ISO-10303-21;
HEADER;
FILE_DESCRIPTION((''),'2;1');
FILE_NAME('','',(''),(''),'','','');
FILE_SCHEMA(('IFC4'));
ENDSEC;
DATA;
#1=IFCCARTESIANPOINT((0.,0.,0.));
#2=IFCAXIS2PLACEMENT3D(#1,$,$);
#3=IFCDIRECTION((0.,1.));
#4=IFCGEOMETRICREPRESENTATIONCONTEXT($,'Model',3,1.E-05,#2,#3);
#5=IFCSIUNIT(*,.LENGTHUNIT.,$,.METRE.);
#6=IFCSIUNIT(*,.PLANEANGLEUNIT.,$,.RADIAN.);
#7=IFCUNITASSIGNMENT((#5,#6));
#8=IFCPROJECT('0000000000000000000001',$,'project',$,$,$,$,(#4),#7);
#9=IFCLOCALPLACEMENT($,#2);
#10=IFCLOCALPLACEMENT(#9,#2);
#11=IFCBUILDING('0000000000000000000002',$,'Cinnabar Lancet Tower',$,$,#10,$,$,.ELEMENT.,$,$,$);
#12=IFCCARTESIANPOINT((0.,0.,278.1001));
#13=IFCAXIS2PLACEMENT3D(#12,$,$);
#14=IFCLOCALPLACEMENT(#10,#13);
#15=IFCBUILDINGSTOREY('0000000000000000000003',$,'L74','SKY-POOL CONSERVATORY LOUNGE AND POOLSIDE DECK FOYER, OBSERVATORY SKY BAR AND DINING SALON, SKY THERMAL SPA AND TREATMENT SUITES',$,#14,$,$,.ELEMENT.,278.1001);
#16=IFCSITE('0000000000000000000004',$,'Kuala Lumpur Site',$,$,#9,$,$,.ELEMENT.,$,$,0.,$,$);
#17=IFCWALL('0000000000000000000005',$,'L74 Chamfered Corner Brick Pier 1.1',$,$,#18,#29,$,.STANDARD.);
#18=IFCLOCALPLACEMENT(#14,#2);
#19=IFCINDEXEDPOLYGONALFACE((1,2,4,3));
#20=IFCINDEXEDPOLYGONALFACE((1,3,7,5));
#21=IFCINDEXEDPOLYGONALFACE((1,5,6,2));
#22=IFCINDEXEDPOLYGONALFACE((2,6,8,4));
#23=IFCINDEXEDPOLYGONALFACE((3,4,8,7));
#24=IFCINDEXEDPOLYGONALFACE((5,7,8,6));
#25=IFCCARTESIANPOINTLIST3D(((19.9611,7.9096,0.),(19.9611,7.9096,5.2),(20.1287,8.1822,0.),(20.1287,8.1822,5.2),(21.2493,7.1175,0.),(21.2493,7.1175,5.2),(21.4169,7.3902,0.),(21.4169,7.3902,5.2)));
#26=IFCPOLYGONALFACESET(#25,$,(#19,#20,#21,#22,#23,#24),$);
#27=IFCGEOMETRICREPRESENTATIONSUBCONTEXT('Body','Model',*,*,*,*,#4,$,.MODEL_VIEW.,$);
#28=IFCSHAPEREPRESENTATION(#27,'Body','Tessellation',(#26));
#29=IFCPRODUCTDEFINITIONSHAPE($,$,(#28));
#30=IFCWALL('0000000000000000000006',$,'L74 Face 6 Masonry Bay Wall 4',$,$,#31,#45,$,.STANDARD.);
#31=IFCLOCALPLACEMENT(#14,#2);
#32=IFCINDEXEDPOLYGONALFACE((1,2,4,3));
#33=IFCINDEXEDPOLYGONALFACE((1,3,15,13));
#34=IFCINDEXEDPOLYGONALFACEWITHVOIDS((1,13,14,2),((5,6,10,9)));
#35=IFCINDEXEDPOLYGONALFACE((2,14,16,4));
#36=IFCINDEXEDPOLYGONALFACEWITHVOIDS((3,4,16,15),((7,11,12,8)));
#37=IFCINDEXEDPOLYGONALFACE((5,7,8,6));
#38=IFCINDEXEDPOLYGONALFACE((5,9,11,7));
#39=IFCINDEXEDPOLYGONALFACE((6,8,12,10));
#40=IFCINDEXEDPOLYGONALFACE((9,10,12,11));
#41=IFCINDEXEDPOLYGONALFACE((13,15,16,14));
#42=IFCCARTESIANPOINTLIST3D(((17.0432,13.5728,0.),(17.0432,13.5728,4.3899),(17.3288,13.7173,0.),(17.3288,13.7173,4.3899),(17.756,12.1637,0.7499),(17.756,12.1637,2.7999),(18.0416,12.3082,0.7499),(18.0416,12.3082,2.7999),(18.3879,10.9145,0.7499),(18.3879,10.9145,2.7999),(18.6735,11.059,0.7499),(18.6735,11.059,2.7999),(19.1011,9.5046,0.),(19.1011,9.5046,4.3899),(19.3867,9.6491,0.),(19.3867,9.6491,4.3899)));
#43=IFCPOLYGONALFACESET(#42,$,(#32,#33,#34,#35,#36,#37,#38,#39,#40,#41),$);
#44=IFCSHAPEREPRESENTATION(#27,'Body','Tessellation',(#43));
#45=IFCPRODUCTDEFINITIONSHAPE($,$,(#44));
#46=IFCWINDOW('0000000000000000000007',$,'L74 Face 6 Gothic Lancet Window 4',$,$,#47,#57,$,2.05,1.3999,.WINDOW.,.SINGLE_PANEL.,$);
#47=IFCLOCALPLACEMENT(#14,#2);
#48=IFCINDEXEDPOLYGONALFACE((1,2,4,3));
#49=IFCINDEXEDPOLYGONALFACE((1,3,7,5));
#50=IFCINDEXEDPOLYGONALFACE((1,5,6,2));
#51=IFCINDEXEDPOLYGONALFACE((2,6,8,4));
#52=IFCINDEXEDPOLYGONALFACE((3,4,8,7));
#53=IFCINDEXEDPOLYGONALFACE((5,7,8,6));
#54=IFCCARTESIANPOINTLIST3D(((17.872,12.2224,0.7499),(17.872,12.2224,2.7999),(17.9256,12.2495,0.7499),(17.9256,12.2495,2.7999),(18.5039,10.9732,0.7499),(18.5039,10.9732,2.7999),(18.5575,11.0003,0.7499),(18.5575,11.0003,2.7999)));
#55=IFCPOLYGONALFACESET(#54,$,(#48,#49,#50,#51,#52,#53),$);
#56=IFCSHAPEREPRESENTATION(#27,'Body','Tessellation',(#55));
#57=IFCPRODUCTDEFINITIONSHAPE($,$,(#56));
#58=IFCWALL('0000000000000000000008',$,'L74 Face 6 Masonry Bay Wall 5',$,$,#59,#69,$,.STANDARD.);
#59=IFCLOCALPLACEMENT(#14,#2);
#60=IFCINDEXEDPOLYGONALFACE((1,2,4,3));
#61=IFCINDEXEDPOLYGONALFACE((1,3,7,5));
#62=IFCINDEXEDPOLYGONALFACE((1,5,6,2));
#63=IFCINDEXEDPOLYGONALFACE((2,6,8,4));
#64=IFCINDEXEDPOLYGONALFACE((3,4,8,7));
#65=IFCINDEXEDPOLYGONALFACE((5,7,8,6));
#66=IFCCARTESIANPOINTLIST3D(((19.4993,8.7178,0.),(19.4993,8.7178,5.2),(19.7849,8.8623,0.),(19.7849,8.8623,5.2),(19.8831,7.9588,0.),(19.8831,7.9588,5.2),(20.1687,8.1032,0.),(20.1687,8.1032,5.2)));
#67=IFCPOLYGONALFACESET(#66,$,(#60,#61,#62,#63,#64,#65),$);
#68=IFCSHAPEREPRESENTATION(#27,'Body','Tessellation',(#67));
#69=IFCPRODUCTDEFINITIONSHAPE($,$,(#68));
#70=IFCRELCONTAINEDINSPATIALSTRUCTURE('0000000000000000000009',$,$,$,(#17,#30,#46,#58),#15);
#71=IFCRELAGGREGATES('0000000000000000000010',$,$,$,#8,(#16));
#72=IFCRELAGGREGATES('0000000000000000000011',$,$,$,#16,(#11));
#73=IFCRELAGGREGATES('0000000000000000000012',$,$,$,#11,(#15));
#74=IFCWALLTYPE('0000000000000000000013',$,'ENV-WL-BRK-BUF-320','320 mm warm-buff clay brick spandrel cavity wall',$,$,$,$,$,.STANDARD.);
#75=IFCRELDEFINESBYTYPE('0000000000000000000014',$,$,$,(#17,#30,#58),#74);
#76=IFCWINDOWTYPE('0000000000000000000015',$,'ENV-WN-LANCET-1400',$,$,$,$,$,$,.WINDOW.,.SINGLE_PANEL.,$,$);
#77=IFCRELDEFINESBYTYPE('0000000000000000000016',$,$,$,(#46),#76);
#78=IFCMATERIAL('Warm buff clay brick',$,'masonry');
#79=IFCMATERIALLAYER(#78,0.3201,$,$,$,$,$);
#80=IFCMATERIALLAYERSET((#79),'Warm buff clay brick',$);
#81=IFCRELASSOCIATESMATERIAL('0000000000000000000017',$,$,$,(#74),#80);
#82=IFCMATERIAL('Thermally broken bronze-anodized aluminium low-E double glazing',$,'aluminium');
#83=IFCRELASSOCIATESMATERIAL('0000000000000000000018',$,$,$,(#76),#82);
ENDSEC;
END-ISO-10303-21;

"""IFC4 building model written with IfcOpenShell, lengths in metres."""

from ifc_helpers import new_model, si_unit, direction, frame, frame_2d, origin, place, context, subcontext, project, spatial, rectangle, extrude, material, layer, layer_set, type_object, element, fill, save


model = new_model("IFC4")

# Units and contexts
model_context = context("Model", 3, precision=1e-05, world=origin(), true_north=direction((0.0, 1.0)))
body_context = subcontext(model_context, "Body", "Model", "MODEL_VIEW")
ifc_project = project(units=[si_unit("LENGTHUNIT", "METRE"), si_unit("PLANEANGLEUNIT", "RADIAN")], contexts=[model_context])

# Site, building, storey
site_placement = place(None, origin())
site = spatial("IfcSite", under=ifc_project, at=site_placement, Name="Kuala Lumpur Site", CompositionType="ELEMENT", RefElevation=0.0)
building_placement = place(site_placement, origin())
building = spatial("IfcBuilding", under=site, at=building_placement, Name="Cinnabar Lancet Tower", CompositionType="ELEMENT")
storey_placement = place(building_placement, frame((0.0, 0.0, 278.1001)))
storey = spatial("IfcBuildingStorey", under=building, at=storey_placement, Name="L74", Description="SKY-POOL CONSERVATORY LOUNGE AND POOLSIDE DECK FOYER, OBSERVATORY SKY BAR AND DINING SALON, SKY THERMAL SPA AND TREATMENT SUITES", CompositionType="ELEMENT", Elevation=278.1001)

# Wall
ifc_material_1 = material(Name="Warm buff clay brick", Category="masonry")
ifc_layer_1 = layer(ifc_material_1, 0.3201)
ifc_layer_set_1 = layer_set([ifc_layer_1], Name="Warm buff clay brick")
wall_type_1 = type_object("IfcWallType", Name="ENV-WL-BRK-BUF-320", Description="320 mm warm-buff clay brick spandrel cavity wall", PredefinedType="STANDARD", material=ifc_layer_set_1)
wall_1_placement = place(storey_placement, frame((20.0449, 8.0459, 0.0), z_axis=(0.0, 0.0, 1.0), x_axis=(0.851858, -0.523773, 0.0)))
element("IfcWall", 1, at=wall_1_placement, inside=storey, type_object=wall_type_1, Name="L74 Chamfered Corner Brick Pier 1.1", PredefinedType="STANDARD", context=body_context, shape_type="SweptSolid", body=[
    extrude(rectangle(XDim=1.5122, YDim=0.3201, at=frame_2d((0.7561, 0.0))), origin(), (0.0, 0.0, 1.0), 5.2),
])

# Wall, opening, window
wall_2_placement = place(storey_placement, frame((17.186, 13.645, 0.0), z_axis=(0.0, 0.0, 1.0), x_axis=(0.451386, -0.892329, 0.0)))
wall_2 = element("IfcWall", 2, at=wall_2_placement, inside=storey, type_object=wall_type_1, Name="L74 Face 6 Masonry Bay Wall 4", PredefinedType="STANDARD", context=body_context, shape_type="SweptSolid", body=[
    extrude(rectangle(XDim=4.5591, YDim=0.3201, at=frame_2d((2.2795, 0.0))), origin(), (0.0, 0.0, 1.0), 4.3899),
])
opening_1_placement = place(wall_2_placement, frame((1.5791, 0.0, 0.75)))
opening_1 = element("IfcOpeningElement", 3, at=opening_1_placement, cuts=wall_2, PredefinedType="OPENING", context=body_context, shape_type="SweptSolid", body=[
    extrude(rectangle(XDim=1.3999, YDim=2.05, at=frame_2d((0.7, 1.0249))), frame((0.0, 0.1699, 0.0), z_axis=(0.0, -1.0, 0.0), x_axis=(1.0, 0.0, 0.0)), (0.0, 0.0, 1.0), 0.3401),
])
ifc_material_2 = material(Name="Thermally broken bronze-anodized aluminium low-E double glazing", Category="aluminium")
window_type = type_object("IfcWindowType", Name="ENV-WN-LANCET-1400", PartitioningType="SINGLE_PANEL", PredefinedType="WINDOW", material=ifc_material_2)
window_placement = place(opening_1_placement, origin())
window = element("IfcWindow", 4, at=window_placement, inside=storey, type_object=window_type, Name="L74 Face 6 Gothic Lancet Window 4", OverallHeight=2.05, OverallWidth=1.3999, PartitioningType="SINGLE_PANEL", PredefinedType="WINDOW", context=body_context, shape_type="SweptSolid", body=[
    extrude(rectangle(XDim=1.3999, YDim=2.05, at=frame_2d((0.7, 1.0249))), frame((0.0, 0.03, 0.0), z_axis=(0.0, -1.0, 0.0), x_axis=(1.0, 0.0, 0.0)), (0.0, 0.0, 1.0), 0.0601),
])
fill(opening_1, window)

# Wall
wall_3_placement = place(storey_placement, frame((19.6421, 8.79, 0.0), z_axis=(0.0, 0.0, 1.0), x_axis=(0.451228, -0.892409, 0.0)))
element("IfcWall", 5, at=wall_3_placement, inside=storey, type_object=wall_type_1, Name="L74 Face 6 Masonry Bay Wall 5", PredefinedType="STANDARD", context=body_context, shape_type="SweptSolid", body=[
    extrude(rectangle(XDim=0.8506, YDim=0.3201, at=frame_2d((0.4253, 0.0))), origin(), (0.0, 0.0, 1.0), 5.2),
])

save(model, "model.ifc")
